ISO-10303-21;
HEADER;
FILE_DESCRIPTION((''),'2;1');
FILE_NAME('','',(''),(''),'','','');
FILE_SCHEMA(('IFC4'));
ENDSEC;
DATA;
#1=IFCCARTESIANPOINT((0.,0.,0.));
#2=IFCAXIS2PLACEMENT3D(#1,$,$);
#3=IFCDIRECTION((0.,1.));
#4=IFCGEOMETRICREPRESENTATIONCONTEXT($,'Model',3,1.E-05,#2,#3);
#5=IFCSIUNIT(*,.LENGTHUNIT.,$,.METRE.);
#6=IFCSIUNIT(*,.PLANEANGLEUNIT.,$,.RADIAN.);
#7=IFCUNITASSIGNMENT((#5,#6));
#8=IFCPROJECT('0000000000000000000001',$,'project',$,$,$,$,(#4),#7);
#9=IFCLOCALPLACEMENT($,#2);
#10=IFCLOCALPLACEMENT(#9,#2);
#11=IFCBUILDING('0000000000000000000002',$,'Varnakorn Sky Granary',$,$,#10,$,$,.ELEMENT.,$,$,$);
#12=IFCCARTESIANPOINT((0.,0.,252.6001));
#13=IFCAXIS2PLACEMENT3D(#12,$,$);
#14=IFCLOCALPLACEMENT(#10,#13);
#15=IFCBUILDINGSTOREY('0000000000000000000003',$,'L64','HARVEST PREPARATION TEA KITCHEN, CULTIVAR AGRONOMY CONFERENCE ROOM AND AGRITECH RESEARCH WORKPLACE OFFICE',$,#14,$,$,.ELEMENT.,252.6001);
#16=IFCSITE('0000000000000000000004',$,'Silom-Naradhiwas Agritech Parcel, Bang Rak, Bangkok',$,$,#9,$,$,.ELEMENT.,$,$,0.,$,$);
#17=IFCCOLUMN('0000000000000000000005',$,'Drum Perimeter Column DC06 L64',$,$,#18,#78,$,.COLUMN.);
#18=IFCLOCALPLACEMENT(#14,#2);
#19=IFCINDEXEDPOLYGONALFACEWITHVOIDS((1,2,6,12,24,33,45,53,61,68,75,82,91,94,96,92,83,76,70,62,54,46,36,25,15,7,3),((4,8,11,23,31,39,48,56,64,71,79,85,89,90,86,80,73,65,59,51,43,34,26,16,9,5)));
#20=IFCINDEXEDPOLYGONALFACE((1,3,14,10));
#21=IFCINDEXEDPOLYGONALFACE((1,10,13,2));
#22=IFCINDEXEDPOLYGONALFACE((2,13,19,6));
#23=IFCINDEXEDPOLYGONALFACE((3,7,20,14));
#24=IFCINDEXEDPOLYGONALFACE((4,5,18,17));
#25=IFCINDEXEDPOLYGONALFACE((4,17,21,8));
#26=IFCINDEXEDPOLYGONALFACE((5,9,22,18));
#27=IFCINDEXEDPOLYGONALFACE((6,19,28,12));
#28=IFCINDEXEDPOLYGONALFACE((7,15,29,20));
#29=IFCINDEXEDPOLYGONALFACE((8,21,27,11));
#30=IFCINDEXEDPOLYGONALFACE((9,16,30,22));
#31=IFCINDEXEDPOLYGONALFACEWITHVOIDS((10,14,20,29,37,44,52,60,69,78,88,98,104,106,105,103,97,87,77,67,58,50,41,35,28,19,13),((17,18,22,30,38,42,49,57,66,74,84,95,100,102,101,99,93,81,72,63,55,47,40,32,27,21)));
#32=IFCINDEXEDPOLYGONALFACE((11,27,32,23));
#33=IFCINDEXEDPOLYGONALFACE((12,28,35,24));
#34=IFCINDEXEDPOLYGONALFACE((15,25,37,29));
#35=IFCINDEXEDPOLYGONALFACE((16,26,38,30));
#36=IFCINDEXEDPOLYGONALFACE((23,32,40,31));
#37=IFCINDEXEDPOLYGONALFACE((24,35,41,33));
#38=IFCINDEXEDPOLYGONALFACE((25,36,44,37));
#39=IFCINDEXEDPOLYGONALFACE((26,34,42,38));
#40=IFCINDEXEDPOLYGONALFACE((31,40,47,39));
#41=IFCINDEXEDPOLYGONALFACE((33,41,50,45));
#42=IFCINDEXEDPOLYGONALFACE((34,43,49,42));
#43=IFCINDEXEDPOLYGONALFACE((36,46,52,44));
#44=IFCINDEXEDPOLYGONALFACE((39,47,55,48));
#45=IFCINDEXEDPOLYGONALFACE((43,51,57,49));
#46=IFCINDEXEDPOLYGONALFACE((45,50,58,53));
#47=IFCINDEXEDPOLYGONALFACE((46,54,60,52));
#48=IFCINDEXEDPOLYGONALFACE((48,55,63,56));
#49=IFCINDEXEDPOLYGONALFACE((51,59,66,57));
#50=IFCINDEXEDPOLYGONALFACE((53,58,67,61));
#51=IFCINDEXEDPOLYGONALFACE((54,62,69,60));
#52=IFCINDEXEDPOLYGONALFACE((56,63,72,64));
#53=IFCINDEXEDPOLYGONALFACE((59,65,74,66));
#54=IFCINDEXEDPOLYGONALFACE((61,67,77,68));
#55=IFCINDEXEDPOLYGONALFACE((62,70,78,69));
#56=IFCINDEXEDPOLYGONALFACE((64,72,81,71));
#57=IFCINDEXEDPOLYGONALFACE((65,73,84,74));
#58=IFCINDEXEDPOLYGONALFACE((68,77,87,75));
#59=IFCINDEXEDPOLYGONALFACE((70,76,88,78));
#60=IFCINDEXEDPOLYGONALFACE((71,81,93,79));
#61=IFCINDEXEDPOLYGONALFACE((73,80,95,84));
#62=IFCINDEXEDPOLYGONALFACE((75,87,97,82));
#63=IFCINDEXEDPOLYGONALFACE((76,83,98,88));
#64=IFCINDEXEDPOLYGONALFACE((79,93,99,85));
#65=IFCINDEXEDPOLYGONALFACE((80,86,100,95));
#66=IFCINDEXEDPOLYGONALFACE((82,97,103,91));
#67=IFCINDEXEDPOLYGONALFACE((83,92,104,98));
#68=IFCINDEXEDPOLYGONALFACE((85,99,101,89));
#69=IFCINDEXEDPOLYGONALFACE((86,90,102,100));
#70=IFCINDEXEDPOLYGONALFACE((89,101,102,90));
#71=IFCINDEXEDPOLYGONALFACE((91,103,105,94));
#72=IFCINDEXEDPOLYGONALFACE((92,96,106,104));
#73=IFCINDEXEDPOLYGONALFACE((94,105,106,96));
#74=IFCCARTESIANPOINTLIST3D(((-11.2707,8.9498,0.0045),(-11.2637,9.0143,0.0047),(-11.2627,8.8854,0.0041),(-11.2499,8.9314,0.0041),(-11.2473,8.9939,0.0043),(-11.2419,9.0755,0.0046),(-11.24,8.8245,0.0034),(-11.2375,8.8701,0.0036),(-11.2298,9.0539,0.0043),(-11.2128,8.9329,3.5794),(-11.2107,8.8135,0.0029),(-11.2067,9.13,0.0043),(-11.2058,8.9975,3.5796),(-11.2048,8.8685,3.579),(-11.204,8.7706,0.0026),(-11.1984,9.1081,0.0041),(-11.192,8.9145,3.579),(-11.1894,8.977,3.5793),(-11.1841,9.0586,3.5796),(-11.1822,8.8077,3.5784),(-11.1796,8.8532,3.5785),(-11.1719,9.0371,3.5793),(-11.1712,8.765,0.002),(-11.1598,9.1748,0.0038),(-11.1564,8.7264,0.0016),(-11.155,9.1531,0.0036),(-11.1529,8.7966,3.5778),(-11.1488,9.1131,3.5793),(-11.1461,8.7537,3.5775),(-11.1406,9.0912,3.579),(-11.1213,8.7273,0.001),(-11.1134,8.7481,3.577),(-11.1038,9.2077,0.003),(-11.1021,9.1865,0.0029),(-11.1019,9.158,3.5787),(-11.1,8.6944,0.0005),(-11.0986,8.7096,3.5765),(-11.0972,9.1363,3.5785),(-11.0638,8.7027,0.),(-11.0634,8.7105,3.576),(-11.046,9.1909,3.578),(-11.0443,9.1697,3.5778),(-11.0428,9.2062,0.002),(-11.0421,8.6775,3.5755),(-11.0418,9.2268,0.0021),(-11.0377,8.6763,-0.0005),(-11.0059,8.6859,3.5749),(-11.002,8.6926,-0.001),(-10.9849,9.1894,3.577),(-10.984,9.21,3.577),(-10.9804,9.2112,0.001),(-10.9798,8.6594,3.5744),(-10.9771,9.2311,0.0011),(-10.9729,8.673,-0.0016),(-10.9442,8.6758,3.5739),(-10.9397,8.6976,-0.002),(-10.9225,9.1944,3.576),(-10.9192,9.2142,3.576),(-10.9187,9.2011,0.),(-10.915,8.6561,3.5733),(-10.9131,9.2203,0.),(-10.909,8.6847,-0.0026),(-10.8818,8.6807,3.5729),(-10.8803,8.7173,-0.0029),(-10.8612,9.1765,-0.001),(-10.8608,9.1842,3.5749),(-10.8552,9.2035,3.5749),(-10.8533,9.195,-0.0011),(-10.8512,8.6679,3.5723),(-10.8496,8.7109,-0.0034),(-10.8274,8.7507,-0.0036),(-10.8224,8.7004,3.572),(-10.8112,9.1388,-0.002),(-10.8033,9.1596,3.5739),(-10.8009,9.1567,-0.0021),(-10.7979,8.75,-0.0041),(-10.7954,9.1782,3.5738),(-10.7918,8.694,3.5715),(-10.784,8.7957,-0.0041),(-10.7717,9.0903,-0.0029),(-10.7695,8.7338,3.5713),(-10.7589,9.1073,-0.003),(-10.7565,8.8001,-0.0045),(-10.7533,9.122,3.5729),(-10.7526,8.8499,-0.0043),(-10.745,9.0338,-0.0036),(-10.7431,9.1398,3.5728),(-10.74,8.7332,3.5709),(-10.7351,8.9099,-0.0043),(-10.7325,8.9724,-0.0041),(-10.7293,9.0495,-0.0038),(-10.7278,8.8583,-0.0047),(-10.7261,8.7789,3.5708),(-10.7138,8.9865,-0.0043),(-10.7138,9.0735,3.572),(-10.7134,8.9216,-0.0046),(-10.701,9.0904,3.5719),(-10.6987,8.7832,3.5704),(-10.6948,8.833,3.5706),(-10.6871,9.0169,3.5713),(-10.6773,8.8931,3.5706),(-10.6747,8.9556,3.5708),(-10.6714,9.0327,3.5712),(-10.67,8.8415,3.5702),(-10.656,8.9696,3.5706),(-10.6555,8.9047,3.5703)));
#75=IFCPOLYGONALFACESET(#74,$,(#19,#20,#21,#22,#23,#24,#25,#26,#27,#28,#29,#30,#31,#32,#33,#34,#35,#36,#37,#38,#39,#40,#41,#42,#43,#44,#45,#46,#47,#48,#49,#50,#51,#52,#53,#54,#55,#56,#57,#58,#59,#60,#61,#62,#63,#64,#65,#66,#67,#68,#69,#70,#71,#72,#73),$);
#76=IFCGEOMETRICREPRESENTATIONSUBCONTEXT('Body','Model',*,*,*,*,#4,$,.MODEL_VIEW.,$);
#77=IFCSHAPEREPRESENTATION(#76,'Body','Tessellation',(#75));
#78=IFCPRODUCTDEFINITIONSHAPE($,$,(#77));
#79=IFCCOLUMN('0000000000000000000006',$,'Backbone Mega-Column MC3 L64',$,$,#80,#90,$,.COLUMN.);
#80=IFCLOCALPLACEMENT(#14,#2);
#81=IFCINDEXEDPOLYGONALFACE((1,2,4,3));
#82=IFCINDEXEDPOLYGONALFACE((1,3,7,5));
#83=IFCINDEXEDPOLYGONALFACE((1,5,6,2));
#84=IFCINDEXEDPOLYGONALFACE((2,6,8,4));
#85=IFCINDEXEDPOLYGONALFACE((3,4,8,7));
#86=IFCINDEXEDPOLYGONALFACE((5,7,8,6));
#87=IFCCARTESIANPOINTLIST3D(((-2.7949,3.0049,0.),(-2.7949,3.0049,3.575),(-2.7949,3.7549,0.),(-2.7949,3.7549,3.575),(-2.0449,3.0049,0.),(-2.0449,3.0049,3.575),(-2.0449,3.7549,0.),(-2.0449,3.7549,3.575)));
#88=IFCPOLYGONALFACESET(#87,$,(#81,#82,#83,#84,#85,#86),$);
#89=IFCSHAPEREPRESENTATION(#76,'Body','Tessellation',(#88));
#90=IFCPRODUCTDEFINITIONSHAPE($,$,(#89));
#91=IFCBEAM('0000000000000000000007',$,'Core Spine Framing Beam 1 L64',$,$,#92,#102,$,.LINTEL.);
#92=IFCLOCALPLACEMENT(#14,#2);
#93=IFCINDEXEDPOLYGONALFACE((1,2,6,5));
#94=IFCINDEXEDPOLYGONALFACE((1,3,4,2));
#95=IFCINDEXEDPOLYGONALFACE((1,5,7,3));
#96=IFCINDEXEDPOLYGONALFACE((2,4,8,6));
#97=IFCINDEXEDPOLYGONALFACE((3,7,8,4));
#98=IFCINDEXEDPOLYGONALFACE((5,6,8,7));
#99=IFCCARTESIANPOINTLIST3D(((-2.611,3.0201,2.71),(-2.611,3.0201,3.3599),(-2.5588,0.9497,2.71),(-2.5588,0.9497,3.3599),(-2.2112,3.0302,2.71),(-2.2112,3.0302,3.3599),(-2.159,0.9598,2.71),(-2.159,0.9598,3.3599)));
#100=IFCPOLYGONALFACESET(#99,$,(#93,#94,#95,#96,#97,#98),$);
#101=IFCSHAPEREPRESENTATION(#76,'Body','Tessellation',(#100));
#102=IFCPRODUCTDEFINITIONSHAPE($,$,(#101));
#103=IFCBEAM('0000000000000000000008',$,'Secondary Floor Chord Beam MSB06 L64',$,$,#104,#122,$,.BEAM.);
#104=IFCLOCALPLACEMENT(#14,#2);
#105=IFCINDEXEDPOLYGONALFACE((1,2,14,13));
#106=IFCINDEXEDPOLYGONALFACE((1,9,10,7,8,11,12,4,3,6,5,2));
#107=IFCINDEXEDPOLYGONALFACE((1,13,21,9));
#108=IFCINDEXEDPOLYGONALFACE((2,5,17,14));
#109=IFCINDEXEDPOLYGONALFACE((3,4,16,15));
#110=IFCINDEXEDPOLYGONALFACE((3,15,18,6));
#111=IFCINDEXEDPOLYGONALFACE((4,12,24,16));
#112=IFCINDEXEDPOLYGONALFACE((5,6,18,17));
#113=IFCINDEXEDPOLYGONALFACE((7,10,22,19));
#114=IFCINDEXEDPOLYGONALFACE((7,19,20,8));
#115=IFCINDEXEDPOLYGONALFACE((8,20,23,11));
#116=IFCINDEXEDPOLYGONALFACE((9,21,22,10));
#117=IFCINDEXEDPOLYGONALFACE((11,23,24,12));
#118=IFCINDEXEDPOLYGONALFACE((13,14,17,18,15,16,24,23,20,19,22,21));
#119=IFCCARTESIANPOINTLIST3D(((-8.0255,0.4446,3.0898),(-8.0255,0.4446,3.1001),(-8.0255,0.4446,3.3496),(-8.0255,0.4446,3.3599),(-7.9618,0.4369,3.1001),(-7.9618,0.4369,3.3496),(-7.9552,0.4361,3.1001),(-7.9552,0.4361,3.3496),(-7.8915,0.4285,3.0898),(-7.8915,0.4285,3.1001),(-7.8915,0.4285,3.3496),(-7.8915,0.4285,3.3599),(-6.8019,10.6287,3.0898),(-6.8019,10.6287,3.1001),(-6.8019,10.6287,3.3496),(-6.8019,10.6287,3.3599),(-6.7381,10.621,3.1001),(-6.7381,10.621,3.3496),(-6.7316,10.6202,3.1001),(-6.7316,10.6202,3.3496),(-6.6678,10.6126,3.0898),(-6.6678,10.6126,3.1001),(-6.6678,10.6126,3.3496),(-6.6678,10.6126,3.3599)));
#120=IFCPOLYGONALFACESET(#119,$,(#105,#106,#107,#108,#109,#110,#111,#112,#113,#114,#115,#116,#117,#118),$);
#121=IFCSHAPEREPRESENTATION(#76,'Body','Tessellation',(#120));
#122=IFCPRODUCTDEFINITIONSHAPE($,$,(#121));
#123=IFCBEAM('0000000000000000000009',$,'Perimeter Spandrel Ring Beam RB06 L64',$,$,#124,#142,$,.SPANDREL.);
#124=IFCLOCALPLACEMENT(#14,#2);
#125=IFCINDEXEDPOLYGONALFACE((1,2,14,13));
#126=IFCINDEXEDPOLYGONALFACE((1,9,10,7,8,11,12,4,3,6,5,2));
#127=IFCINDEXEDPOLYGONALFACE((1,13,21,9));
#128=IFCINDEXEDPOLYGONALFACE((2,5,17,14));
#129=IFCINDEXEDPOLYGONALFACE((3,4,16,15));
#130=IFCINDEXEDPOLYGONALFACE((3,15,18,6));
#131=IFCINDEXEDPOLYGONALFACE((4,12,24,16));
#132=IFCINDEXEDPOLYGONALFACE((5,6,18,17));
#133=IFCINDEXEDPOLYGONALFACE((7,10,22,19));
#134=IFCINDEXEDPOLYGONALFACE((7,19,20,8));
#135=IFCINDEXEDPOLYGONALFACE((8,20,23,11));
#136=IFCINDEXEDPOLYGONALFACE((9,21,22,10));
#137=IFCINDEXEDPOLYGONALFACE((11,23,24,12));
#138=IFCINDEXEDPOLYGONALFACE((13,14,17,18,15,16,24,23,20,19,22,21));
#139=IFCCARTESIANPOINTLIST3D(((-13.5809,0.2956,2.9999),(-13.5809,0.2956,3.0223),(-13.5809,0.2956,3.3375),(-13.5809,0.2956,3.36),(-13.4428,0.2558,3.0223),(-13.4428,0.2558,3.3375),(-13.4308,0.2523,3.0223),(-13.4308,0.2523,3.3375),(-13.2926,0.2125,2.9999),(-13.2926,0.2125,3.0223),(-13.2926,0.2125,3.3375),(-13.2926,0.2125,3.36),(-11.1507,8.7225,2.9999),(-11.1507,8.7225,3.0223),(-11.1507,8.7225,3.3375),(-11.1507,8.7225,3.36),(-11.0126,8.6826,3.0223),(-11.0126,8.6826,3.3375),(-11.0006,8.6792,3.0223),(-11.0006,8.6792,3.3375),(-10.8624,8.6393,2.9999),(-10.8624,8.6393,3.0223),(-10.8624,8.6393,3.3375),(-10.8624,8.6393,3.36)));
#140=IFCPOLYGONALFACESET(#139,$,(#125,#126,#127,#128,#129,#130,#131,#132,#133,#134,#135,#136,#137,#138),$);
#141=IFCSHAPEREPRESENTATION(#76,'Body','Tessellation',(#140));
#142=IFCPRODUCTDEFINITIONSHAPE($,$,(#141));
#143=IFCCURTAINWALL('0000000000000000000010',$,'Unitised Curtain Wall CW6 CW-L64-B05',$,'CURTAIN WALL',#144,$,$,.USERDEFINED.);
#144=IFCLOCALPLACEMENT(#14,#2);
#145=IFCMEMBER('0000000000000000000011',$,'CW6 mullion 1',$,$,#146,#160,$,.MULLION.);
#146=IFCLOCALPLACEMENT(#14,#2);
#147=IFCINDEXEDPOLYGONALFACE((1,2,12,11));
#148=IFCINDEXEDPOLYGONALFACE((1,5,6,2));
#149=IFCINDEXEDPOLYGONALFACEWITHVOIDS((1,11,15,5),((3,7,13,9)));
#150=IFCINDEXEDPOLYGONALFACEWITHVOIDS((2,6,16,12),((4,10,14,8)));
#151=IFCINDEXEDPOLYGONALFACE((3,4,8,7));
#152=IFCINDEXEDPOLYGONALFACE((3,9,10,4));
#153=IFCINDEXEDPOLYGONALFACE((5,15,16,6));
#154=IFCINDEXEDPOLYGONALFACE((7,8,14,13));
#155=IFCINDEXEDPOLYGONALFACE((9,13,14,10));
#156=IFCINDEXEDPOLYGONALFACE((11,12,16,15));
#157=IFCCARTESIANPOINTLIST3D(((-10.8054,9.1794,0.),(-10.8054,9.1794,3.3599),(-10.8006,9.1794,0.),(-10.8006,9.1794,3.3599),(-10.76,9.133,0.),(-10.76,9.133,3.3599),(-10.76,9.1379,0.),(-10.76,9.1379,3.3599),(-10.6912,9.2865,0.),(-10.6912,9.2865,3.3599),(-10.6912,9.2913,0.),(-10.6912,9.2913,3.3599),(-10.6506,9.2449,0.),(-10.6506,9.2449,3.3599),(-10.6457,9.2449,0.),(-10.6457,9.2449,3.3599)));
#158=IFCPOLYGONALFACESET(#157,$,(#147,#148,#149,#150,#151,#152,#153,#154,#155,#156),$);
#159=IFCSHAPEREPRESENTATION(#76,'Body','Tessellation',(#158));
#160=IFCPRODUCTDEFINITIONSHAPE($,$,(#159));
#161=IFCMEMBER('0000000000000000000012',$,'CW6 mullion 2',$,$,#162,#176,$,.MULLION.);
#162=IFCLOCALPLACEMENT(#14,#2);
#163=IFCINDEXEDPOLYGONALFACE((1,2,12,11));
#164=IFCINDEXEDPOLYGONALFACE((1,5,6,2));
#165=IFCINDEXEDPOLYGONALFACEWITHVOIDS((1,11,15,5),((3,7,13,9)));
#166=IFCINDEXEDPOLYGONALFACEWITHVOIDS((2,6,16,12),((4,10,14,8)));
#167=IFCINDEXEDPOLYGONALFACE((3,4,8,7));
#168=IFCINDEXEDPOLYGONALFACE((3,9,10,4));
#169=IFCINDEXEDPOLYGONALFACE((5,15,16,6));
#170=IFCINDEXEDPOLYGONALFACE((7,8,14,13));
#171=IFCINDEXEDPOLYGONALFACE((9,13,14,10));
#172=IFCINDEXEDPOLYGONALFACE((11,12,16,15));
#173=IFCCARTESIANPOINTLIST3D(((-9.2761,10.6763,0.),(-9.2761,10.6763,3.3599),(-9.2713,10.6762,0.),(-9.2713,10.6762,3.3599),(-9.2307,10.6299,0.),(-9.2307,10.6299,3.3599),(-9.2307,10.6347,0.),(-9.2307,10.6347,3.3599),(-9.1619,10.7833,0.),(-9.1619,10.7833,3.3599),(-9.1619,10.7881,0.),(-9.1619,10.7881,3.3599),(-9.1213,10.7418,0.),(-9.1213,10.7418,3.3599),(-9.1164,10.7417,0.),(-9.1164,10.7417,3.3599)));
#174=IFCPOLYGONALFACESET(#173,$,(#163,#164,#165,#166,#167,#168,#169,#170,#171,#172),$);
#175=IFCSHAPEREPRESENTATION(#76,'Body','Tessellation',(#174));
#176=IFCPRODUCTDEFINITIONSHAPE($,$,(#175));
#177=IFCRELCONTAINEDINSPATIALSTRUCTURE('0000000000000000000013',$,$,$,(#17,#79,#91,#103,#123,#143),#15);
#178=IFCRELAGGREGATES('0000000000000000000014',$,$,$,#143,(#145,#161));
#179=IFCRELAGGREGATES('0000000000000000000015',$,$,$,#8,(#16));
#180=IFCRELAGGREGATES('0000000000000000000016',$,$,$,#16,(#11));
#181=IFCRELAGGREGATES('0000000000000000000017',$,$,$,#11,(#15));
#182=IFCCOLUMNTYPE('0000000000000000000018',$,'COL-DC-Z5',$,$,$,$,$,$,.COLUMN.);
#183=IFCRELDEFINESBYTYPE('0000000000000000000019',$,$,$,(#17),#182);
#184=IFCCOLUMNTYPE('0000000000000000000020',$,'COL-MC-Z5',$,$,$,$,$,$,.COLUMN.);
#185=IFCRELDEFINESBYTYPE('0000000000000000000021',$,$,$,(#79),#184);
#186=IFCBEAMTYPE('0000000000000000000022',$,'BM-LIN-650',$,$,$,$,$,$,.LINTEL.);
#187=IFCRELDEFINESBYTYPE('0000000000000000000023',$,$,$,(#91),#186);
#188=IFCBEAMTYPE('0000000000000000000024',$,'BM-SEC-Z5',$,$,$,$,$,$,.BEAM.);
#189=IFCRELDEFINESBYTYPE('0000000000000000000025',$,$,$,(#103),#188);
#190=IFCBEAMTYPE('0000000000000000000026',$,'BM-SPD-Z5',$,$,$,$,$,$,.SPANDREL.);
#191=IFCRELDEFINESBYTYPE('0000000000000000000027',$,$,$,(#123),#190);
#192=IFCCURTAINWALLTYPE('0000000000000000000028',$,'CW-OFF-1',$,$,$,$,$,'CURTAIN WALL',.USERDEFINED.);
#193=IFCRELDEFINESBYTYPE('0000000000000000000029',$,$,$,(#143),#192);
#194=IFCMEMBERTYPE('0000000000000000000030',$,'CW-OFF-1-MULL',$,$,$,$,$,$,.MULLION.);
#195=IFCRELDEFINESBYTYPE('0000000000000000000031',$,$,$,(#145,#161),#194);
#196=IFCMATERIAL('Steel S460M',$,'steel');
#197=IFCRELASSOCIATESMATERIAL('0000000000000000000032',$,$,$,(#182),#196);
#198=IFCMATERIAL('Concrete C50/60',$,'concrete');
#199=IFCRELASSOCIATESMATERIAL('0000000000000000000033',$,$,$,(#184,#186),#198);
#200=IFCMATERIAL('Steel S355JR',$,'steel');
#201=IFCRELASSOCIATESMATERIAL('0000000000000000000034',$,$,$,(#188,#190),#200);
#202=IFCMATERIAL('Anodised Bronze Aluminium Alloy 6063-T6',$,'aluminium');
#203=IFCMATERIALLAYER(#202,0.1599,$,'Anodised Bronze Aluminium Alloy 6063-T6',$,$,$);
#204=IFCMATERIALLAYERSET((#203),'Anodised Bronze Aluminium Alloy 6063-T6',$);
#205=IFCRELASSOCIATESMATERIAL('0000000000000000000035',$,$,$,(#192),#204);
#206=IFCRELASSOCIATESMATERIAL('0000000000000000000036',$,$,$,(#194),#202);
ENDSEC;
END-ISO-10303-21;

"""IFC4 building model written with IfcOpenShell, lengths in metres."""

from ifc_helpers import new_model, si_unit, direction, frame, origin, origin_2d, place, context, subcontext, project, spatial, rectangle, hollow_rectangle, hollow_circle, i_section, extrude, material, layer, layer_set, material_profile, profile_set, type_object, element, aggregate, save


model = new_model("IFC4")

# Units and contexts
model_context = context("Model", 3, precision=1e-05, world=origin(), true_north=direction((0.0, 1.0)))
body_context = subcontext(model_context, "Body", "Model", "MODEL_VIEW")
ifc_project = project(units=[si_unit("LENGTHUNIT", "METRE"), si_unit("PLANEANGLEUNIT", "RADIAN")], contexts=[model_context])

# Site, building, storey
site_placement = place(None, origin())
site = spatial("IfcSite", under=ifc_project, at=site_placement, Name="Silom-Naradhiwas Agritech Parcel, Bang Rak, Bangkok", CompositionType="ELEMENT", RefElevation=0.0)
building_placement = place(site_placement, origin())
building = spatial("IfcBuilding", under=site, at=building_placement, Name="Varnakorn Sky Granary", CompositionType="ELEMENT")
storey_placement = place(building_placement, frame((0.0, 0.0, 252.6001)))
storey = spatial("IfcBuildingStorey", under=building, at=storey_placement, Name="L64", Description="HARVEST PREPARATION TEA KITCHEN, CULTIVAR AGRONOMY CONFERENCE ROOM AND AGRITECH RESEARCH WORKPLACE OFFICE", CompositionType="ELEMENT", Elevation=252.6001)

# Columns
ifc_material_1 = material(Name="Steel S460M", Category="steel")
ifc_material_profile_1 = material_profile(ifc_material_1, hollow_circle(Radius=0.2795, WallThickness=0.02, at=origin_2d()), Name="CHS 559x20")
ifc_profile_set_1 = profile_set([ifc_material_profile_1], Name="Steel S460M")
column_type_1 = type_object("IfcColumnType", Name="COL-DC-Z5", PredefinedType="COLUMN", material=ifc_profile_set_1)
column_1_placement = place(storey_placement, frame((-10.9912, 8.9519, 0.0), z_axis=(0.016183, -0.004711, 0.999858), x_axis=(0.279533, 0.960136, 0.0)))
element("IfcColumn", 1, at=column_1_placement, inside=storey, type_object=column_type_1, Name="Drum Perimeter Column DC06 L64", PredefinedType="COLUMN", context=body_context, shape_type="SweptSolid", body=[
    extrude(hollow_circle(Radius=0.2795, WallThickness=0.02, at=origin_2d()), origin(), (0.0, 0.0, 1.0), 3.5754),
])
ifc_material_2 = material(Name="Concrete C50/60", Category="concrete")
ifc_material_profile_2 = material_profile(ifc_material_2, rectangle(XDim=0.75, YDim=0.75, at=origin_2d()), Name="RC 750x750")
ifc_profile_set_2 = profile_set([ifc_material_profile_2], Name="Concrete C50/60")
column_type_2 = type_object("IfcColumnType", Name="COL-MC-Z5", PredefinedType="COLUMN", material=ifc_profile_set_2)
column_2_placement = place(storey_placement, frame((-2.4199, 3.3799, 0.0), z_axis=(0.0, 0.0, 1.0), x_axis=(1.0, 0.0, 0.0)))
element("IfcColumn", 2, at=column_2_placement, inside=storey, type_object=column_type_2, Name="Backbone Mega-Column MC3 L64", PredefinedType="COLUMN", context=body_context, shape_type="SweptSolid", body=[
    extrude(rectangle(XDim=0.75, YDim=0.75, at=origin_2d()), origin(), (0.0, 0.0, 1.0), 3.575),
])

# Beams
ifc_material_profile_3 = material_profile(ifc_material_2, rectangle(XDim=0.3999, YDim=0.6499, at=origin_2d()), Name="RC 400x650")
ifc_profile_set_3 = profile_set([ifc_material_profile_3], Name="Concrete C50/60")
beam_type_1 = type_object("IfcBeamType", Name="BM-LIN-650", PredefinedType="LINTEL", material=ifc_profile_set_3)
beam_1_placement = place(storey_placement, frame((-2.4111, 3.0251, 3.0349), z_axis=(0.025228, -0.999682, 0.0), x_axis=(0.999682, 0.025228, 0.0)))
element("IfcBeam", 3, at=beam_1_placement, inside=storey, type_object=beam_type_1, Name="Core Spine Framing Beam 1 L64", PredefinedType="LINTEL", context=body_context, shape_type="SweptSolid", body=[
    extrude(rectangle(XDim=0.3999, YDim=0.6499, at=origin_2d()), origin(), (0.0, 0.0, 1.0), 2.071),
])
ifc_material_3 = material(Name="Steel S355JR", Category="steel")
ifc_material_profile_4 = material_profile(ifc_material_3, i_section(OverallWidth=0.135, OverallDepth=0.27, WebThickness=0.0066, FlangeThickness=0.0103, at=origin_2d()), Name="IPE 270")
ifc_profile_set_4 = profile_set([ifc_material_profile_4], Name="Steel S355JR")
beam_type_2 = type_object("IfcBeamType", Name="BM-SEC-Z5", PredefinedType="BEAM", material=ifc_profile_set_4)
beam_2_placement = place(storey_placement, frame((-6.7349, 10.6206, 3.2249), z_axis=(-0.119294, -0.992859, 0.0), x_axis=(0.992859, -0.119294, 0.0)))
element("IfcBeam", 4, at=beam_2_placement, inside=storey, type_object=beam_type_2, Name="Secondary Floor Chord Beam MSB06 L64", PredefinedType="BEAM", context=body_context, shape_type="SweptSolid", body=[
    extrude(i_section(OverallWidth=0.135, OverallDepth=0.27, WebThickness=0.0066, FlangeThickness=0.0103, at=origin_2d()), origin(), (0.0, 0.0, 1.0), 10.2573),
])
ifc_material_profile_5 = material_profile(ifc_material_3, i_section(OverallWidth=0.3, OverallDepth=0.3601, WebThickness=0.0125, FlangeThickness=0.0225, at=origin_2d()), Name="HE 360 B")
ifc_profile_set_5 = profile_set([ifc_material_profile_5], Name="Steel S355JR")
beam_type_3 = type_object("IfcBeamType", Name="BM-SPD-Z5", PredefinedType="SPANDREL", material=ifc_profile_set_5)
beam_3_placement = place(storey_placement, frame((-11.0066, 8.6809, 3.1799), z_axis=(-0.277095, -0.960842, 0.0), x_axis=(0.960842, -0.277095, 0.0)))
element("IfcBeam", 5, at=beam_3_placement, inside=storey, type_object=beam_type_3, Name="Perimeter Spandrel Ring Beam RB06 L64", PredefinedType="SPANDREL", context=body_context, shape_type="SweptSolid", body=[
    extrude(i_section(OverallWidth=0.3, OverallDepth=0.3601, WebThickness=0.0125, FlangeThickness=0.0225, at=origin_2d()), origin(), (0.0, 0.0, 1.0), 8.7703),
])

# Curtain wall, members
ifc_material_4 = material(Name="Anodised Bronze Aluminium Alloy 6063-T6", Category="aluminium")
ifc_layer_1 = layer(ifc_material_4, 0.1599, Name="Anodised Bronze Aluminium Alloy 6063-T6")
ifc_layer_set_1 = layer_set([ifc_layer_1], Name="Anodised Bronze Aluminium Alloy 6063-T6")
curtain_wall_type = type_object("IfcCurtainWallType", Name="CW-OFF-1", ElementType="CURTAIN WALL", PredefinedType="USERDEFINED", material=ifc_layer_set_1)
curtain_wall_placement = place(storey_placement, origin())
curtain_wall = element("IfcCurtainWall", 6, at=curtain_wall_placement, inside=storey, type_object=curtain_wall_type, Name="Unitised Curtain Wall CW6 CW-L64-B05", ObjectType="CURTAIN WALL", PredefinedType="USERDEFINED")
ifc_material_profile_6 = material_profile(ifc_material_4, hollow_rectangle(XDim=0.0649, YDim=0.1599, WallThickness=0.0034, at=origin_2d()), Name="ALU MULL 65x160")
ifc_profile_set_6 = profile_set([ifc_material_profile_6], Name="Anodised Bronze Aluminium Alloy 6063-T6")
member_type_1 = type_object("IfcMemberType", Name="CW-OFF-1-MULL", PredefinedType="MULLION", material=ifc_profile_set_6)
member_1_placement = place(storey_placement, frame((-10.7256, 9.2122, 0.0), z_axis=(0.0, 0.0, 1.0), x_axis=(-0.699482, 0.71465, 0.0)))
member_1 = element("IfcMember", 7, at=member_1_placement, type_object=member_type_1, Name="CW6 mullion 1", PredefinedType="MULLION", context=body_context, shape_type="SweptSolid", body=[
    extrude(hollow_rectangle(XDim=0.0649, YDim=0.1599, WallThickness=0.0034, at=origin_2d()), origin(), (0.0, 0.0, 1.0), 3.3599),
])
member_2_placement = place(storey_placement, frame((-9.1963, 10.709, 0.0), z_axis=(0.0, 0.0, 1.0), x_axis=(-0.699482, 0.71465, 0.0)))
member_2 = element("IfcMember", 8, at=member_2_placement, type_object=member_type_1, Name="CW6 mullion 2", PredefinedType="MULLION", context=body_context, shape_type="SweptSolid", body=[
    extrude(hollow_rectangle(XDim=0.0649, YDim=0.1599, WallThickness=0.0034, at=origin_2d()), origin(), (0.0, 0.0, 1.0), 3.3599),
])

aggregate(curtain_wall, [member_1, member_2])

save(model, "model.ifc")
